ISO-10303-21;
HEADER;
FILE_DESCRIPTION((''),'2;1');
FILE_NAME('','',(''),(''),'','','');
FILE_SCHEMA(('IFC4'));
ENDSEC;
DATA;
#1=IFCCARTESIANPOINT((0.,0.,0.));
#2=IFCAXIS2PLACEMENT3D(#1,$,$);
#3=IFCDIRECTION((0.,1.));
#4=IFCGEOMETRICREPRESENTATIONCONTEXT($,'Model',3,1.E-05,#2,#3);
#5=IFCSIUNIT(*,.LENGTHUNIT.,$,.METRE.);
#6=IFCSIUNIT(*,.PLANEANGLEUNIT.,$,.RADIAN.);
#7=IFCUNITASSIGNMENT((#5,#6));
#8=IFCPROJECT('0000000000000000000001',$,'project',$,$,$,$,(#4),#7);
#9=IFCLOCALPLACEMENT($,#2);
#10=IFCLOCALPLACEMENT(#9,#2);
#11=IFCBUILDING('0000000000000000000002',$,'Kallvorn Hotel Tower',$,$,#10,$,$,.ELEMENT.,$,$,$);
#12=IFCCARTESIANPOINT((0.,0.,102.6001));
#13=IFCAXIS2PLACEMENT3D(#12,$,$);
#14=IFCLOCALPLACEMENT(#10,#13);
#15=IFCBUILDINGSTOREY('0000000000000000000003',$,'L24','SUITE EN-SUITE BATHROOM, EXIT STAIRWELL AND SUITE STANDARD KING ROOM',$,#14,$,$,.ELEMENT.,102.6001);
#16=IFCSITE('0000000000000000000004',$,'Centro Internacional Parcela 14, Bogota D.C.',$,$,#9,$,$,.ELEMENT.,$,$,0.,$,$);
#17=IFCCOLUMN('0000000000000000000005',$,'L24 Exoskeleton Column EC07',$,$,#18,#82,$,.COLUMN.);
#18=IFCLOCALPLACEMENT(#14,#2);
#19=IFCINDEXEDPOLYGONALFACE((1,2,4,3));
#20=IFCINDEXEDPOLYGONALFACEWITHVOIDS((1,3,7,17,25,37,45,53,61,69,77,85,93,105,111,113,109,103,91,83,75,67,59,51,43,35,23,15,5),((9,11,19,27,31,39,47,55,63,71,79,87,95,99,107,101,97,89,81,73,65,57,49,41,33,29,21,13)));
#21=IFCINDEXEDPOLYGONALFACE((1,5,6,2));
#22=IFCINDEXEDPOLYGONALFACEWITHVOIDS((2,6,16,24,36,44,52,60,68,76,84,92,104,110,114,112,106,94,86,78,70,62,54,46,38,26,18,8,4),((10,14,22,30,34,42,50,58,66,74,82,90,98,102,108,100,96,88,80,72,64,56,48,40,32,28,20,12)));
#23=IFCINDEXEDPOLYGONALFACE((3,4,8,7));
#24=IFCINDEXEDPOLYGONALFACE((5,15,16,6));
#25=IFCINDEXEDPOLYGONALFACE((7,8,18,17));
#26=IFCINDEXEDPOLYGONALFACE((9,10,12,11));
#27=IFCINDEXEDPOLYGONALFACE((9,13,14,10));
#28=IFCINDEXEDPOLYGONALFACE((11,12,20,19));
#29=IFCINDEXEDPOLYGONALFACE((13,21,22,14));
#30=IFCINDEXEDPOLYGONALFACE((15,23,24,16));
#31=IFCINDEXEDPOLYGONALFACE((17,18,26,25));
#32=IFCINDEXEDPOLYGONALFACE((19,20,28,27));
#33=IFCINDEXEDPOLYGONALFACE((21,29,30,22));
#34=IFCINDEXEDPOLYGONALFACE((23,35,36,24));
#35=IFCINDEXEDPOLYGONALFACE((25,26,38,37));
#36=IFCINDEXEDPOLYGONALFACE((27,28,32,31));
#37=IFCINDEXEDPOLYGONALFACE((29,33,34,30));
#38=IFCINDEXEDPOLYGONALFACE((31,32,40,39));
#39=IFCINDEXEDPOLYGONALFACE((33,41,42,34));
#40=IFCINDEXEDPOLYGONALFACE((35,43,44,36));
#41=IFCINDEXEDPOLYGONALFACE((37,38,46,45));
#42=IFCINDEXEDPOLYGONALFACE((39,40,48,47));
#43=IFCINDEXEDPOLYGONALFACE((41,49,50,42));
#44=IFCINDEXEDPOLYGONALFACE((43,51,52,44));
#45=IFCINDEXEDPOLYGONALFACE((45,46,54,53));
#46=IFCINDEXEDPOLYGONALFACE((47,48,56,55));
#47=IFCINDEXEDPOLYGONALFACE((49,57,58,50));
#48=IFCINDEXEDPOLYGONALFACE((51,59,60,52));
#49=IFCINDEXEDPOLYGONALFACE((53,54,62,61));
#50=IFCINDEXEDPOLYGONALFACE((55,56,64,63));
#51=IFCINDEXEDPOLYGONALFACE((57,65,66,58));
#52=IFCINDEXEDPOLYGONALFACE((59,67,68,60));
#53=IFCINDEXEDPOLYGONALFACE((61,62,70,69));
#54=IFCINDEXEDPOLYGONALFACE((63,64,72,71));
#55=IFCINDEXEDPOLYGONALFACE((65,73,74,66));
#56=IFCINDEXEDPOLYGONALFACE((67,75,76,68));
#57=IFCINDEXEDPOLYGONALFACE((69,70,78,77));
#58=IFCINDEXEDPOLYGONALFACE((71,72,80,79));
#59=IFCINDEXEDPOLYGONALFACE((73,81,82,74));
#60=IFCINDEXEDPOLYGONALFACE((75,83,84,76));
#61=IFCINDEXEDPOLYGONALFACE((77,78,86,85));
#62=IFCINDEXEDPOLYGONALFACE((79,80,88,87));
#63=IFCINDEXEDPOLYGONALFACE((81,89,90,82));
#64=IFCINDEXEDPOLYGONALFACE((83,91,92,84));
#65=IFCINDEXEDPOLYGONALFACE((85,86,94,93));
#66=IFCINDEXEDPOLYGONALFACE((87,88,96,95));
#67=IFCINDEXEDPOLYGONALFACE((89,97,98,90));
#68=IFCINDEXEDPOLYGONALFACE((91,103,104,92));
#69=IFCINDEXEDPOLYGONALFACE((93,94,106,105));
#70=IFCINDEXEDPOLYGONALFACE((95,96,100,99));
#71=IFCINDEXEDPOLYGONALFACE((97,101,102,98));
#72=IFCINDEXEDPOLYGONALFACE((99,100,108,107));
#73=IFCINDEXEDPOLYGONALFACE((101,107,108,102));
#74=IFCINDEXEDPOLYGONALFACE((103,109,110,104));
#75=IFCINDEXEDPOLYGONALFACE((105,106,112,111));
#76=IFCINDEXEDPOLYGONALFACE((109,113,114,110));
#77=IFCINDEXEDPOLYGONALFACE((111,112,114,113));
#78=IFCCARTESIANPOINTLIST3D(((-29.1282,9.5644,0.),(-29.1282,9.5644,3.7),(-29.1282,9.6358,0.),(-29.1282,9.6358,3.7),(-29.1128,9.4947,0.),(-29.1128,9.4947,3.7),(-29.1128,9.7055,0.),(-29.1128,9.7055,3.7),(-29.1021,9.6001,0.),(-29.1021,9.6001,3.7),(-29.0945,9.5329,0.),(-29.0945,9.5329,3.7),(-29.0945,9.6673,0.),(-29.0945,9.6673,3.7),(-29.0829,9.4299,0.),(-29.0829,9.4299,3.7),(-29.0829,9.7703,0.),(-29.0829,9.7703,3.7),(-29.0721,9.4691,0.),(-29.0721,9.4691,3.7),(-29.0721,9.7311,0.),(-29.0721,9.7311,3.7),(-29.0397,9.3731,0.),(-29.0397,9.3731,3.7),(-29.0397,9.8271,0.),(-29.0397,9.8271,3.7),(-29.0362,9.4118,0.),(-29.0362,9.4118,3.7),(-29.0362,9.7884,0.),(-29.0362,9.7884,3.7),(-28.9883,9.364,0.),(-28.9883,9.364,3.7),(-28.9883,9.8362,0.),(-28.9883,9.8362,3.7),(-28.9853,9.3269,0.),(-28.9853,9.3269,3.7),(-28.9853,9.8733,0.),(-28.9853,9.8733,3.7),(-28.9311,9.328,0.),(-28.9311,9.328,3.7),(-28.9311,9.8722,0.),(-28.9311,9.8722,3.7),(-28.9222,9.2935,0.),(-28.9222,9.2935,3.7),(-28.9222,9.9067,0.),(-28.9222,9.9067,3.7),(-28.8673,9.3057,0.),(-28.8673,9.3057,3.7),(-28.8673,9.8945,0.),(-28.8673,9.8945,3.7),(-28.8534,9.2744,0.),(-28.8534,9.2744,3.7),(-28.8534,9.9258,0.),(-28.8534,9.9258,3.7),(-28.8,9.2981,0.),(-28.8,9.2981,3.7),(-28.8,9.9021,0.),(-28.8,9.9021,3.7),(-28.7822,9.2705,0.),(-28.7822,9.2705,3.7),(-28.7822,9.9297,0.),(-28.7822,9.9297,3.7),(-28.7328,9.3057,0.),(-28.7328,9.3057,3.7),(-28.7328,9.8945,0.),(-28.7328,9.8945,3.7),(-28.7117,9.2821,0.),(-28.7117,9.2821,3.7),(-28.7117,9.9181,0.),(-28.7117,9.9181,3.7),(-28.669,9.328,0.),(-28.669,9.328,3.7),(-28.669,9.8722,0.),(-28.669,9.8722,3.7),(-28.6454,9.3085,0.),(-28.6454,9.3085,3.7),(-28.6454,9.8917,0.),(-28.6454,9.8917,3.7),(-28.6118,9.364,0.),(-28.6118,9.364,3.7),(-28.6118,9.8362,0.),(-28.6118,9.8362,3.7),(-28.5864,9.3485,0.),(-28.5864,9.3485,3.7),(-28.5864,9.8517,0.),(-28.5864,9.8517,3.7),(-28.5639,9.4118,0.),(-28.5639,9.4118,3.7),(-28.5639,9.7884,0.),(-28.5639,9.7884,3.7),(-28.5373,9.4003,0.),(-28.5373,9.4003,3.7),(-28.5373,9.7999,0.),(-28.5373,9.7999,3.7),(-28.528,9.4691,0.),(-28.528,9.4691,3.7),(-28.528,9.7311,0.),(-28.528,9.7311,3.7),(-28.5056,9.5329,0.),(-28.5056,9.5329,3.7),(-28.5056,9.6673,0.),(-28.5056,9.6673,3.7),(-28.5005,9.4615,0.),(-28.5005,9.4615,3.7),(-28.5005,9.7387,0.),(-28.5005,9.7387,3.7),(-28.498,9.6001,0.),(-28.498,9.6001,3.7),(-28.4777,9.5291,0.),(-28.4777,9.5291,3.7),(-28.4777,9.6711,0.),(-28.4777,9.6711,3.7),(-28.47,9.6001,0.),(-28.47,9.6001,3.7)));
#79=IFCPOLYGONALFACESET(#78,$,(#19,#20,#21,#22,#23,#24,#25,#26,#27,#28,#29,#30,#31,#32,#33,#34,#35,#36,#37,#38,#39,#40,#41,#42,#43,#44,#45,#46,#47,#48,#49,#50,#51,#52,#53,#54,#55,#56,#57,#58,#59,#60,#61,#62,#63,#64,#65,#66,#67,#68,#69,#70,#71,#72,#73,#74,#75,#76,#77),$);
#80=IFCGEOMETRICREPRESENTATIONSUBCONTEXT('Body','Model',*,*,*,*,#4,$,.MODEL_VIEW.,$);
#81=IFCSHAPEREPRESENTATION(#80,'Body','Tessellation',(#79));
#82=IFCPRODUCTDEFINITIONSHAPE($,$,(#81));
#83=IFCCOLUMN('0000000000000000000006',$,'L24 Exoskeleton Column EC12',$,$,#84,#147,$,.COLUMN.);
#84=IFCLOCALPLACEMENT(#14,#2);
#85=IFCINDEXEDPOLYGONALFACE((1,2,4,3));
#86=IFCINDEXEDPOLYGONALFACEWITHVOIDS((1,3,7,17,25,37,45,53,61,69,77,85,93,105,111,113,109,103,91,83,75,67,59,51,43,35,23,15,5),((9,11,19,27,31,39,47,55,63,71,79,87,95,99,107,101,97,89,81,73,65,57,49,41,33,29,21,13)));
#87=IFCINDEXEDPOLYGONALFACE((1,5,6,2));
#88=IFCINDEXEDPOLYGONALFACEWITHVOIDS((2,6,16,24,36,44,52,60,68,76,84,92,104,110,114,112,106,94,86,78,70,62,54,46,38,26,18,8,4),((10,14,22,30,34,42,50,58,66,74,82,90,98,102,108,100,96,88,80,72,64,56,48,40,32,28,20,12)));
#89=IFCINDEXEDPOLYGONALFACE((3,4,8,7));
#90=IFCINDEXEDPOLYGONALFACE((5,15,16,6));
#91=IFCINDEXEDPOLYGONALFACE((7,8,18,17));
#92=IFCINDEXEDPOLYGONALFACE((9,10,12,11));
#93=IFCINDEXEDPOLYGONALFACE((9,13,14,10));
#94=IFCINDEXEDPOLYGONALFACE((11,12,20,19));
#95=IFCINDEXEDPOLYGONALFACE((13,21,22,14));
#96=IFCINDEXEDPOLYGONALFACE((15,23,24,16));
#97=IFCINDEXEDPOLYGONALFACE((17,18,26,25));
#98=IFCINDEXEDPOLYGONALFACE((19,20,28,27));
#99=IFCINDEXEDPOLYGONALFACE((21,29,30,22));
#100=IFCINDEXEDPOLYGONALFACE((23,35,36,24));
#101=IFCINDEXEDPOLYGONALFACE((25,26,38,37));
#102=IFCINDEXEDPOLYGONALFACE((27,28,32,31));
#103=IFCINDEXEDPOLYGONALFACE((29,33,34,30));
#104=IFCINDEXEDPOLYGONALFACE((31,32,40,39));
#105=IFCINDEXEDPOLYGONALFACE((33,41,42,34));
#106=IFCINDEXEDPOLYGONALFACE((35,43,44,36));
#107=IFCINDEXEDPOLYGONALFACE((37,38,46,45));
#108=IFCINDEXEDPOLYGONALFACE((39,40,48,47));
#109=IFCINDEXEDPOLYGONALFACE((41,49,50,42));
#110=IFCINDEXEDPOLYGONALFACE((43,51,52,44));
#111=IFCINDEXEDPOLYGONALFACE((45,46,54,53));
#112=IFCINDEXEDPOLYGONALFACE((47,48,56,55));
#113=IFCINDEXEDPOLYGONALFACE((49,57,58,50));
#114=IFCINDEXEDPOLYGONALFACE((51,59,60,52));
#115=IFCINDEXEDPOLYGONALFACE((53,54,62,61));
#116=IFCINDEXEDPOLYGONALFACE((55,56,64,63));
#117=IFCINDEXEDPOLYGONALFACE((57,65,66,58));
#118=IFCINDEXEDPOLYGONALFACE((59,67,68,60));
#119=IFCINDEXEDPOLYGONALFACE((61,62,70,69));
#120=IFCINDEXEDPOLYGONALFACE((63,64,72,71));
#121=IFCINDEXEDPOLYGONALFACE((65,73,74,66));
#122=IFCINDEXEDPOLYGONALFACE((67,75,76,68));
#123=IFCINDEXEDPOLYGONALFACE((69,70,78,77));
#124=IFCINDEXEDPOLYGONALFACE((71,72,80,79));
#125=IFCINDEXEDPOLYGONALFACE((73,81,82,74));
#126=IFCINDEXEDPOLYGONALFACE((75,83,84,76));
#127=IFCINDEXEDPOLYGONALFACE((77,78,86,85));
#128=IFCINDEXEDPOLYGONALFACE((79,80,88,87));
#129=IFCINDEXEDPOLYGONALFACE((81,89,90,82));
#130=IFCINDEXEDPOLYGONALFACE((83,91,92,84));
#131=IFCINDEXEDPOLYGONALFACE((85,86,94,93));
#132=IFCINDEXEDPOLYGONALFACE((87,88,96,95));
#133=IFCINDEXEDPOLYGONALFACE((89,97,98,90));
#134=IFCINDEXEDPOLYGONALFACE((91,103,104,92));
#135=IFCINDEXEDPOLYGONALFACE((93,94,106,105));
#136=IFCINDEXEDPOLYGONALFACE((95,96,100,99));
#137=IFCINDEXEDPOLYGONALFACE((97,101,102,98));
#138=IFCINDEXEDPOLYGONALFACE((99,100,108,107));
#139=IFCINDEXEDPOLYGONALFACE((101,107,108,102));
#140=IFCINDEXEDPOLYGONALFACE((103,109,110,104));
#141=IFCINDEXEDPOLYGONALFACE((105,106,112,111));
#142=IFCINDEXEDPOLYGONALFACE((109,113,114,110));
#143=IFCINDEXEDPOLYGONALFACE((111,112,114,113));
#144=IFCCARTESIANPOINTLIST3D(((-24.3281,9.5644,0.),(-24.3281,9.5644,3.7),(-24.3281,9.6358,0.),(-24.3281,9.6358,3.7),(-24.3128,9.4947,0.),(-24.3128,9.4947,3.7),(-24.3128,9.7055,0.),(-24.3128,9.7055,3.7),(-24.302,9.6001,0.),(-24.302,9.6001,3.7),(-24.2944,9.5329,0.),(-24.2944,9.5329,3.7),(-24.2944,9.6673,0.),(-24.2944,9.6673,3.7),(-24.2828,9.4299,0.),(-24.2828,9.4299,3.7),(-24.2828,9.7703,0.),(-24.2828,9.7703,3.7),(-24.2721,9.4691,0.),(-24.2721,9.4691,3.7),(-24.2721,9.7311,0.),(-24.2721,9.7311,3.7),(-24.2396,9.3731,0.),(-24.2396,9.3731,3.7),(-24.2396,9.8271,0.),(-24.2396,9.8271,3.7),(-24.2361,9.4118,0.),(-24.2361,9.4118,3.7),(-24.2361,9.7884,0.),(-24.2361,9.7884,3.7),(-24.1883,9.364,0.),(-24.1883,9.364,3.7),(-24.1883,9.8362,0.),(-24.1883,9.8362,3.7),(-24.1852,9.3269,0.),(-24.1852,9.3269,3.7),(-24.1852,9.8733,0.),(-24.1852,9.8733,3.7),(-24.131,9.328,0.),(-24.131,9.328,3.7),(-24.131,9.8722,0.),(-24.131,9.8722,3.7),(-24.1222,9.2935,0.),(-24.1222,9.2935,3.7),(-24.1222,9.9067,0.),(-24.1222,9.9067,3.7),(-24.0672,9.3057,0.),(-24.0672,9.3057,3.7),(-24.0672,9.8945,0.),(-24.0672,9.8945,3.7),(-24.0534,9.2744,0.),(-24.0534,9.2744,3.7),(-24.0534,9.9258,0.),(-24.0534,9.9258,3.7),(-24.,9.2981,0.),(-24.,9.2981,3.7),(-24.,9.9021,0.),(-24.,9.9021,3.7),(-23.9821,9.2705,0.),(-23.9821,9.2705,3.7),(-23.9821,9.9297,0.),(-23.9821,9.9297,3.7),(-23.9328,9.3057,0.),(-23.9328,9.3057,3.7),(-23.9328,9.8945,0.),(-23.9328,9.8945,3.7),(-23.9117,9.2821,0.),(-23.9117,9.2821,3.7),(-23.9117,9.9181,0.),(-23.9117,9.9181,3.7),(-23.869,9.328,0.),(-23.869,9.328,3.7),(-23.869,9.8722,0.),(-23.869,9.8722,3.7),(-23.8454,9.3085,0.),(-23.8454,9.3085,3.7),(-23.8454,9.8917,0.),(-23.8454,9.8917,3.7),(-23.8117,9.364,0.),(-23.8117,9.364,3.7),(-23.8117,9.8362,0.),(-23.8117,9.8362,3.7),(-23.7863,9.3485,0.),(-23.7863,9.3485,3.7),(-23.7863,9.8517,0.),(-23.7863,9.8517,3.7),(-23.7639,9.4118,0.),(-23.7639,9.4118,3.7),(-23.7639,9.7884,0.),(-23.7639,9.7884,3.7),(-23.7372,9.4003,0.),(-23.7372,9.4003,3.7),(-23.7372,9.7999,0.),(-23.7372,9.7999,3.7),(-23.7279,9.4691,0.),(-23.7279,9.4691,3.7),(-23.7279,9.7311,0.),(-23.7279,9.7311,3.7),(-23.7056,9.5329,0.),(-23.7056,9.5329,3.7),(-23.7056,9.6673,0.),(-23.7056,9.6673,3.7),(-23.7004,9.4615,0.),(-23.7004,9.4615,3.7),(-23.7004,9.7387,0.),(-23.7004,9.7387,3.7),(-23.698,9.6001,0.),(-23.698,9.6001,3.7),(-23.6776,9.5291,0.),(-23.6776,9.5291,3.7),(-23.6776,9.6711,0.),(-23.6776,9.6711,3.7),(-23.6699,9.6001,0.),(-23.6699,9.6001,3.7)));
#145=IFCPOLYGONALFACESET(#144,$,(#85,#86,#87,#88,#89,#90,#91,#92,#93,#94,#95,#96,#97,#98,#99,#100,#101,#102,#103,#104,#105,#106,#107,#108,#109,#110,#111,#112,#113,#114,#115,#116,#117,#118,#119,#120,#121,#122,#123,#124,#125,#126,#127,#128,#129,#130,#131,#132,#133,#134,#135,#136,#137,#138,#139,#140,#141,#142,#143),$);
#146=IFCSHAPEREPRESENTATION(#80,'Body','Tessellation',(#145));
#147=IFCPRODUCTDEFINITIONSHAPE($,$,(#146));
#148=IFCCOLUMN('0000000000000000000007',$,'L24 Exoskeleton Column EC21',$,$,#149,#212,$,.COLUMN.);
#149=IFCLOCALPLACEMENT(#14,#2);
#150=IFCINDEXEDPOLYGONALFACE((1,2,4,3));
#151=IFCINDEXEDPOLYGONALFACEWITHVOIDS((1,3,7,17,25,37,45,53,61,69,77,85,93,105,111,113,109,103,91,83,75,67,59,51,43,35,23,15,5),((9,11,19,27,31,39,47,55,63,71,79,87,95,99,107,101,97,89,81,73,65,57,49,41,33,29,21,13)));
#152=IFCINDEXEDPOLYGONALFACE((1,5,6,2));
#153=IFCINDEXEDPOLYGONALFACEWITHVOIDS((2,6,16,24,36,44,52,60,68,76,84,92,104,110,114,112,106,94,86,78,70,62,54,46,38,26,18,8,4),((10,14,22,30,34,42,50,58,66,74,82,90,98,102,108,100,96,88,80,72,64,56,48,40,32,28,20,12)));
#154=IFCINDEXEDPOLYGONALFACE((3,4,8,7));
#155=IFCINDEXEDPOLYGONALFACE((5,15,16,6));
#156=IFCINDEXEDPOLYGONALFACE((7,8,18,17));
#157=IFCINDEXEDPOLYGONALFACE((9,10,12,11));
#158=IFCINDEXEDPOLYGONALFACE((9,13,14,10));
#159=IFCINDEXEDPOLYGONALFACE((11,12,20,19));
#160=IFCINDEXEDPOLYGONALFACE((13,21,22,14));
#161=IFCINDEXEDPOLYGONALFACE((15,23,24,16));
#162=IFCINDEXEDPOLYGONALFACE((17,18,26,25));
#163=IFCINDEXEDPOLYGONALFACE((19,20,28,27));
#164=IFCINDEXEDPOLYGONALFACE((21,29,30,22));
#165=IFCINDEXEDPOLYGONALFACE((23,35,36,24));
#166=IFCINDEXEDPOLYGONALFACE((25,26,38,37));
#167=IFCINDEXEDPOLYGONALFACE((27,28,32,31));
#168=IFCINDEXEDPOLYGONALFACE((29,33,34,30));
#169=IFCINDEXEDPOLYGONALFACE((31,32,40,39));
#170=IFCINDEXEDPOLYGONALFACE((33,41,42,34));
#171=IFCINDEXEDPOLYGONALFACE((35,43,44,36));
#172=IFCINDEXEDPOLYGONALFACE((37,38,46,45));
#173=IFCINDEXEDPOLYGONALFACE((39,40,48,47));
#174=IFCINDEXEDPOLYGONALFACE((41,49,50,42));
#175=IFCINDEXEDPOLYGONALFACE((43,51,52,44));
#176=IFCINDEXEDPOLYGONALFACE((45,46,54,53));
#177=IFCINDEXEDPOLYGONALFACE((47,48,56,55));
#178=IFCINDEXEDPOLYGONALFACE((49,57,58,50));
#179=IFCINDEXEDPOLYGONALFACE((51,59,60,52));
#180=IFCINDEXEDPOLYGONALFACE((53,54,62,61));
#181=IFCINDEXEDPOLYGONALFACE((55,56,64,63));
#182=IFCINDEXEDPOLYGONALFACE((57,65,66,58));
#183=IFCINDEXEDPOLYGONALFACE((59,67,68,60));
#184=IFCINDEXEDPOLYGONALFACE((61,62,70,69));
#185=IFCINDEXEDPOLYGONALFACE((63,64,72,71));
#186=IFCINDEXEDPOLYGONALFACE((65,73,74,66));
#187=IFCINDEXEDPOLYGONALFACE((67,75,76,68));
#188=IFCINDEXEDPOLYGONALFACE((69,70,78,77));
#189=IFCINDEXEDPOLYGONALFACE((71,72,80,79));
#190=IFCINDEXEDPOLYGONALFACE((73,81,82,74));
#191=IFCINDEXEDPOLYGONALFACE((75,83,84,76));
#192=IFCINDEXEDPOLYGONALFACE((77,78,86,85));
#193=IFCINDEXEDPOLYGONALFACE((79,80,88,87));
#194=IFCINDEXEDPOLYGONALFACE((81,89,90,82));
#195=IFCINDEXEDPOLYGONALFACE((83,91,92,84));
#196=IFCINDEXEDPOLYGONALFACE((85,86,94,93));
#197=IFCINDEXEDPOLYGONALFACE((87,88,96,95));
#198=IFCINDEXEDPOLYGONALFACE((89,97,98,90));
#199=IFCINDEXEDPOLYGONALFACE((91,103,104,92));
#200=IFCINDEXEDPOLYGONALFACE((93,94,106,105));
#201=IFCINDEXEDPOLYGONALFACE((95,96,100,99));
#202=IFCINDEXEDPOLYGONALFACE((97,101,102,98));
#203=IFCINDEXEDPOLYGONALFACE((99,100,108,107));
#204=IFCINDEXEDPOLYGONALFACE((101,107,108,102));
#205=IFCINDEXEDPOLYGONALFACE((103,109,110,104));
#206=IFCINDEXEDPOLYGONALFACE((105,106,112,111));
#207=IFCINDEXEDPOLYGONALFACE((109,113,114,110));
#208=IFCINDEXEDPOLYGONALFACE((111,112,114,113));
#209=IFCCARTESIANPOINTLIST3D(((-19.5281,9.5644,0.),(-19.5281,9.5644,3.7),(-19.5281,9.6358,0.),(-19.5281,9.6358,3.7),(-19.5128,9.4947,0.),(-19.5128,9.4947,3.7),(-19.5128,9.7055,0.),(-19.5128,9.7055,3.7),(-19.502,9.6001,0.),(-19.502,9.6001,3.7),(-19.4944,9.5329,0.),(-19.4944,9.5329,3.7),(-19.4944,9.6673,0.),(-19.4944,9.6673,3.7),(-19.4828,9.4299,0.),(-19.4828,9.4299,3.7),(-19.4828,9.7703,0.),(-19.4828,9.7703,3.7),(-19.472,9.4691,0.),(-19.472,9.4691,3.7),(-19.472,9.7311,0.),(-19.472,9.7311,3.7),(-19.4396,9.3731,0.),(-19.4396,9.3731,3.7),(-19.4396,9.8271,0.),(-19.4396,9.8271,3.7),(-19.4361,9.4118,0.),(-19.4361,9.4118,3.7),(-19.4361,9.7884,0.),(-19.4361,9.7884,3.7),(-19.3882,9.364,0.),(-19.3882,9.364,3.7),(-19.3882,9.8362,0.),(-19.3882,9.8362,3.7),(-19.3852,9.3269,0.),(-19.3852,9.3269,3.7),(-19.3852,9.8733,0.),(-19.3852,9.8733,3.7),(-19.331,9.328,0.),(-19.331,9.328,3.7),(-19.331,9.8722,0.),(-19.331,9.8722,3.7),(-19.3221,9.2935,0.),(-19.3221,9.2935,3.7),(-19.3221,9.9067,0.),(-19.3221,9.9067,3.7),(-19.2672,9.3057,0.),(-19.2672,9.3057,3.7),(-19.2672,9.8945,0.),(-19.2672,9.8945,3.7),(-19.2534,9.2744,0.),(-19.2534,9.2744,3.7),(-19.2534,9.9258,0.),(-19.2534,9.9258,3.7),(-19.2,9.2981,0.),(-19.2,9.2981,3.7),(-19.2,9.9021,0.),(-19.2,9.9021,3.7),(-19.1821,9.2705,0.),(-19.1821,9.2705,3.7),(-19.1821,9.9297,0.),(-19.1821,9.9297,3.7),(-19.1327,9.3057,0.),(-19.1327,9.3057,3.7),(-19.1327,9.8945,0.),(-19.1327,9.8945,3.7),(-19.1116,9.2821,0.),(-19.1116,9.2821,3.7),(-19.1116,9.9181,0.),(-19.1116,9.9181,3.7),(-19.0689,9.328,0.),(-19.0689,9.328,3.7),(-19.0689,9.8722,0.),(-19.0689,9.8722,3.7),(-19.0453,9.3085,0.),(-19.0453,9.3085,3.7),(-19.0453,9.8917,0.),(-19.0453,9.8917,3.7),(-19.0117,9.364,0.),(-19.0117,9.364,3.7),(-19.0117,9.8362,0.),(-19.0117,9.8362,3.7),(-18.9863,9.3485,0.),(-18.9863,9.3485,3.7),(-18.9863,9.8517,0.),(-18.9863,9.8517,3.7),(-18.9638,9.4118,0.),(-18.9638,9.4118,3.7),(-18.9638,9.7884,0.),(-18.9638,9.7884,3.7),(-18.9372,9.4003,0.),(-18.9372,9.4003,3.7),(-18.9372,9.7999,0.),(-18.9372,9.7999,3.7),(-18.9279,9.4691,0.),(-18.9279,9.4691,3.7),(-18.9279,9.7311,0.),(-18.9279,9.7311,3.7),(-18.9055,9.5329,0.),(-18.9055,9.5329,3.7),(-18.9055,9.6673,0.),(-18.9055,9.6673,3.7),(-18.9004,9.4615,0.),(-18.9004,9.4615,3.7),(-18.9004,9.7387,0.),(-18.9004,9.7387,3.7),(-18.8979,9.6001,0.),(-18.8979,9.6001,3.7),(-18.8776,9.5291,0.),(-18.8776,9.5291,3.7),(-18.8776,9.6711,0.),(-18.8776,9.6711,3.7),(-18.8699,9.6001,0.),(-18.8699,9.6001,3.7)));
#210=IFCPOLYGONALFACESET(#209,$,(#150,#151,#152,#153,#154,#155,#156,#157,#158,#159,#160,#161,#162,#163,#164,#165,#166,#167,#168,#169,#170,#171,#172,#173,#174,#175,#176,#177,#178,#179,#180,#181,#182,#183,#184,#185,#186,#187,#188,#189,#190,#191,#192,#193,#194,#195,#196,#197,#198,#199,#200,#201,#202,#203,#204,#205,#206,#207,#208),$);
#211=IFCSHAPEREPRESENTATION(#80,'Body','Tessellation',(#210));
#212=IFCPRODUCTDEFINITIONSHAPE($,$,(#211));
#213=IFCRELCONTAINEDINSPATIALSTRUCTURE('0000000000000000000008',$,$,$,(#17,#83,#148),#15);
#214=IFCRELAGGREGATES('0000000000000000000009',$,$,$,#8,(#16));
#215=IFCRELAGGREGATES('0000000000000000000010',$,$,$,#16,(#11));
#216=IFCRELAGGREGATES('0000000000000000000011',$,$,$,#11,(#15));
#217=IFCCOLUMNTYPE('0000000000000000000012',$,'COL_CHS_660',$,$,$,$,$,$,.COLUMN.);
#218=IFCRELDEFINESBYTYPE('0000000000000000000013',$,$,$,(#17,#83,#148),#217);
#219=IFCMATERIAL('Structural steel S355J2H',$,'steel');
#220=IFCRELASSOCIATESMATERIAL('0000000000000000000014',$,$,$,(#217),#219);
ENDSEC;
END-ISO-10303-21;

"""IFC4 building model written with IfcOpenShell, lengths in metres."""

from ifc_helpers import new_model, si_unit, direction, frame, origin, origin_2d, place, context, subcontext, project, spatial, hollow_circle, extrude, material, material_profile, profile_set, type_object, element, save


model = new_model("IFC4")

# Units and contexts
model_context = context("Model", 3, precision=1e-05, world=origin(), true_north=direction((0.0, 1.0)))
body_context = subcontext(model_context, "Body", "Model", "MODEL_VIEW")
ifc_project = project(units=[si_unit("LENGTHUNIT", "METRE"), si_unit("PLANEANGLEUNIT", "RADIAN")], contexts=[model_context])

# Site, building, storey
site_placement = place(None, origin())
site = spatial("IfcSite", under=ifc_project, at=site_placement, Name="Centro Internacional Parcela 14, Bogota D.C.", CompositionType="ELEMENT", RefElevation=0.0)
building_placement = place(site_placement, origin())
building = spatial("IfcBuilding", under=site, at=building_placement, Name="Kallvorn Hotel Tower", CompositionType="ELEMENT")
storey_placement = place(building_placement, frame((0.0, 0.0, 102.6001)))
storey = spatial("IfcBuildingStorey", under=building, at=storey_placement, Name="L24", Description="SUITE EN-SUITE BATHROOM, EXIT STAIRWELL AND SUITE STANDARD KING ROOM", CompositionType="ELEMENT", Elevation=102.6001)

# Columns
ifc_material_1 = material(Name="Structural steel S355J2H", Category="steel")
ifc_material_profile_1 = material_profile(ifc_material_1, hollow_circle(Radius=0.3301, WallThickness=0.0281, at=origin_2d()), Name="CHS 660x28")
ifc_profile_set_1 = profile_set([ifc_material_profile_1], Name="Structural steel S355J2H")
column_type = type_object("IfcColumnType", Name="COL_CHS_660", PredefinedType="COLUMN", material=ifc_profile_set_1)
for number, where, z_axis, x_axis, name in (
    (1, (-28.8, 9.6001, 0.0), (0.0, 0.0, 1.0), (1.0, 0.0, 0.0), "L24 Exoskeleton Column EC07"),
    (2, (-24.0, 9.6001, 0.0), (0.0, 0.0, 1.0), (1.0, 0.0, 0.0), "L24 Exoskeleton Column EC12"),
    (3, (-19.2, 9.6001, 0.0), (0.0, 0.0, 1.0), (1.0, 0.0, 0.0), "L24 Exoskeleton Column EC21"),
):
    element("IfcColumn", number, at=place(storey_placement, frame(where, z_axis=z_axis, x_axis=x_axis)), inside=storey, type_object=column_type, Name=name, PredefinedType="COLUMN", context=body_context, shape_type="SweptSolid", body=[
        extrude(hollow_circle(Radius=0.3301, WallThickness=0.0281, at=origin_2d()), origin(), (0.0, 0.0, 1.0), 3.7),
    ])

save(model, "model.ifc")
